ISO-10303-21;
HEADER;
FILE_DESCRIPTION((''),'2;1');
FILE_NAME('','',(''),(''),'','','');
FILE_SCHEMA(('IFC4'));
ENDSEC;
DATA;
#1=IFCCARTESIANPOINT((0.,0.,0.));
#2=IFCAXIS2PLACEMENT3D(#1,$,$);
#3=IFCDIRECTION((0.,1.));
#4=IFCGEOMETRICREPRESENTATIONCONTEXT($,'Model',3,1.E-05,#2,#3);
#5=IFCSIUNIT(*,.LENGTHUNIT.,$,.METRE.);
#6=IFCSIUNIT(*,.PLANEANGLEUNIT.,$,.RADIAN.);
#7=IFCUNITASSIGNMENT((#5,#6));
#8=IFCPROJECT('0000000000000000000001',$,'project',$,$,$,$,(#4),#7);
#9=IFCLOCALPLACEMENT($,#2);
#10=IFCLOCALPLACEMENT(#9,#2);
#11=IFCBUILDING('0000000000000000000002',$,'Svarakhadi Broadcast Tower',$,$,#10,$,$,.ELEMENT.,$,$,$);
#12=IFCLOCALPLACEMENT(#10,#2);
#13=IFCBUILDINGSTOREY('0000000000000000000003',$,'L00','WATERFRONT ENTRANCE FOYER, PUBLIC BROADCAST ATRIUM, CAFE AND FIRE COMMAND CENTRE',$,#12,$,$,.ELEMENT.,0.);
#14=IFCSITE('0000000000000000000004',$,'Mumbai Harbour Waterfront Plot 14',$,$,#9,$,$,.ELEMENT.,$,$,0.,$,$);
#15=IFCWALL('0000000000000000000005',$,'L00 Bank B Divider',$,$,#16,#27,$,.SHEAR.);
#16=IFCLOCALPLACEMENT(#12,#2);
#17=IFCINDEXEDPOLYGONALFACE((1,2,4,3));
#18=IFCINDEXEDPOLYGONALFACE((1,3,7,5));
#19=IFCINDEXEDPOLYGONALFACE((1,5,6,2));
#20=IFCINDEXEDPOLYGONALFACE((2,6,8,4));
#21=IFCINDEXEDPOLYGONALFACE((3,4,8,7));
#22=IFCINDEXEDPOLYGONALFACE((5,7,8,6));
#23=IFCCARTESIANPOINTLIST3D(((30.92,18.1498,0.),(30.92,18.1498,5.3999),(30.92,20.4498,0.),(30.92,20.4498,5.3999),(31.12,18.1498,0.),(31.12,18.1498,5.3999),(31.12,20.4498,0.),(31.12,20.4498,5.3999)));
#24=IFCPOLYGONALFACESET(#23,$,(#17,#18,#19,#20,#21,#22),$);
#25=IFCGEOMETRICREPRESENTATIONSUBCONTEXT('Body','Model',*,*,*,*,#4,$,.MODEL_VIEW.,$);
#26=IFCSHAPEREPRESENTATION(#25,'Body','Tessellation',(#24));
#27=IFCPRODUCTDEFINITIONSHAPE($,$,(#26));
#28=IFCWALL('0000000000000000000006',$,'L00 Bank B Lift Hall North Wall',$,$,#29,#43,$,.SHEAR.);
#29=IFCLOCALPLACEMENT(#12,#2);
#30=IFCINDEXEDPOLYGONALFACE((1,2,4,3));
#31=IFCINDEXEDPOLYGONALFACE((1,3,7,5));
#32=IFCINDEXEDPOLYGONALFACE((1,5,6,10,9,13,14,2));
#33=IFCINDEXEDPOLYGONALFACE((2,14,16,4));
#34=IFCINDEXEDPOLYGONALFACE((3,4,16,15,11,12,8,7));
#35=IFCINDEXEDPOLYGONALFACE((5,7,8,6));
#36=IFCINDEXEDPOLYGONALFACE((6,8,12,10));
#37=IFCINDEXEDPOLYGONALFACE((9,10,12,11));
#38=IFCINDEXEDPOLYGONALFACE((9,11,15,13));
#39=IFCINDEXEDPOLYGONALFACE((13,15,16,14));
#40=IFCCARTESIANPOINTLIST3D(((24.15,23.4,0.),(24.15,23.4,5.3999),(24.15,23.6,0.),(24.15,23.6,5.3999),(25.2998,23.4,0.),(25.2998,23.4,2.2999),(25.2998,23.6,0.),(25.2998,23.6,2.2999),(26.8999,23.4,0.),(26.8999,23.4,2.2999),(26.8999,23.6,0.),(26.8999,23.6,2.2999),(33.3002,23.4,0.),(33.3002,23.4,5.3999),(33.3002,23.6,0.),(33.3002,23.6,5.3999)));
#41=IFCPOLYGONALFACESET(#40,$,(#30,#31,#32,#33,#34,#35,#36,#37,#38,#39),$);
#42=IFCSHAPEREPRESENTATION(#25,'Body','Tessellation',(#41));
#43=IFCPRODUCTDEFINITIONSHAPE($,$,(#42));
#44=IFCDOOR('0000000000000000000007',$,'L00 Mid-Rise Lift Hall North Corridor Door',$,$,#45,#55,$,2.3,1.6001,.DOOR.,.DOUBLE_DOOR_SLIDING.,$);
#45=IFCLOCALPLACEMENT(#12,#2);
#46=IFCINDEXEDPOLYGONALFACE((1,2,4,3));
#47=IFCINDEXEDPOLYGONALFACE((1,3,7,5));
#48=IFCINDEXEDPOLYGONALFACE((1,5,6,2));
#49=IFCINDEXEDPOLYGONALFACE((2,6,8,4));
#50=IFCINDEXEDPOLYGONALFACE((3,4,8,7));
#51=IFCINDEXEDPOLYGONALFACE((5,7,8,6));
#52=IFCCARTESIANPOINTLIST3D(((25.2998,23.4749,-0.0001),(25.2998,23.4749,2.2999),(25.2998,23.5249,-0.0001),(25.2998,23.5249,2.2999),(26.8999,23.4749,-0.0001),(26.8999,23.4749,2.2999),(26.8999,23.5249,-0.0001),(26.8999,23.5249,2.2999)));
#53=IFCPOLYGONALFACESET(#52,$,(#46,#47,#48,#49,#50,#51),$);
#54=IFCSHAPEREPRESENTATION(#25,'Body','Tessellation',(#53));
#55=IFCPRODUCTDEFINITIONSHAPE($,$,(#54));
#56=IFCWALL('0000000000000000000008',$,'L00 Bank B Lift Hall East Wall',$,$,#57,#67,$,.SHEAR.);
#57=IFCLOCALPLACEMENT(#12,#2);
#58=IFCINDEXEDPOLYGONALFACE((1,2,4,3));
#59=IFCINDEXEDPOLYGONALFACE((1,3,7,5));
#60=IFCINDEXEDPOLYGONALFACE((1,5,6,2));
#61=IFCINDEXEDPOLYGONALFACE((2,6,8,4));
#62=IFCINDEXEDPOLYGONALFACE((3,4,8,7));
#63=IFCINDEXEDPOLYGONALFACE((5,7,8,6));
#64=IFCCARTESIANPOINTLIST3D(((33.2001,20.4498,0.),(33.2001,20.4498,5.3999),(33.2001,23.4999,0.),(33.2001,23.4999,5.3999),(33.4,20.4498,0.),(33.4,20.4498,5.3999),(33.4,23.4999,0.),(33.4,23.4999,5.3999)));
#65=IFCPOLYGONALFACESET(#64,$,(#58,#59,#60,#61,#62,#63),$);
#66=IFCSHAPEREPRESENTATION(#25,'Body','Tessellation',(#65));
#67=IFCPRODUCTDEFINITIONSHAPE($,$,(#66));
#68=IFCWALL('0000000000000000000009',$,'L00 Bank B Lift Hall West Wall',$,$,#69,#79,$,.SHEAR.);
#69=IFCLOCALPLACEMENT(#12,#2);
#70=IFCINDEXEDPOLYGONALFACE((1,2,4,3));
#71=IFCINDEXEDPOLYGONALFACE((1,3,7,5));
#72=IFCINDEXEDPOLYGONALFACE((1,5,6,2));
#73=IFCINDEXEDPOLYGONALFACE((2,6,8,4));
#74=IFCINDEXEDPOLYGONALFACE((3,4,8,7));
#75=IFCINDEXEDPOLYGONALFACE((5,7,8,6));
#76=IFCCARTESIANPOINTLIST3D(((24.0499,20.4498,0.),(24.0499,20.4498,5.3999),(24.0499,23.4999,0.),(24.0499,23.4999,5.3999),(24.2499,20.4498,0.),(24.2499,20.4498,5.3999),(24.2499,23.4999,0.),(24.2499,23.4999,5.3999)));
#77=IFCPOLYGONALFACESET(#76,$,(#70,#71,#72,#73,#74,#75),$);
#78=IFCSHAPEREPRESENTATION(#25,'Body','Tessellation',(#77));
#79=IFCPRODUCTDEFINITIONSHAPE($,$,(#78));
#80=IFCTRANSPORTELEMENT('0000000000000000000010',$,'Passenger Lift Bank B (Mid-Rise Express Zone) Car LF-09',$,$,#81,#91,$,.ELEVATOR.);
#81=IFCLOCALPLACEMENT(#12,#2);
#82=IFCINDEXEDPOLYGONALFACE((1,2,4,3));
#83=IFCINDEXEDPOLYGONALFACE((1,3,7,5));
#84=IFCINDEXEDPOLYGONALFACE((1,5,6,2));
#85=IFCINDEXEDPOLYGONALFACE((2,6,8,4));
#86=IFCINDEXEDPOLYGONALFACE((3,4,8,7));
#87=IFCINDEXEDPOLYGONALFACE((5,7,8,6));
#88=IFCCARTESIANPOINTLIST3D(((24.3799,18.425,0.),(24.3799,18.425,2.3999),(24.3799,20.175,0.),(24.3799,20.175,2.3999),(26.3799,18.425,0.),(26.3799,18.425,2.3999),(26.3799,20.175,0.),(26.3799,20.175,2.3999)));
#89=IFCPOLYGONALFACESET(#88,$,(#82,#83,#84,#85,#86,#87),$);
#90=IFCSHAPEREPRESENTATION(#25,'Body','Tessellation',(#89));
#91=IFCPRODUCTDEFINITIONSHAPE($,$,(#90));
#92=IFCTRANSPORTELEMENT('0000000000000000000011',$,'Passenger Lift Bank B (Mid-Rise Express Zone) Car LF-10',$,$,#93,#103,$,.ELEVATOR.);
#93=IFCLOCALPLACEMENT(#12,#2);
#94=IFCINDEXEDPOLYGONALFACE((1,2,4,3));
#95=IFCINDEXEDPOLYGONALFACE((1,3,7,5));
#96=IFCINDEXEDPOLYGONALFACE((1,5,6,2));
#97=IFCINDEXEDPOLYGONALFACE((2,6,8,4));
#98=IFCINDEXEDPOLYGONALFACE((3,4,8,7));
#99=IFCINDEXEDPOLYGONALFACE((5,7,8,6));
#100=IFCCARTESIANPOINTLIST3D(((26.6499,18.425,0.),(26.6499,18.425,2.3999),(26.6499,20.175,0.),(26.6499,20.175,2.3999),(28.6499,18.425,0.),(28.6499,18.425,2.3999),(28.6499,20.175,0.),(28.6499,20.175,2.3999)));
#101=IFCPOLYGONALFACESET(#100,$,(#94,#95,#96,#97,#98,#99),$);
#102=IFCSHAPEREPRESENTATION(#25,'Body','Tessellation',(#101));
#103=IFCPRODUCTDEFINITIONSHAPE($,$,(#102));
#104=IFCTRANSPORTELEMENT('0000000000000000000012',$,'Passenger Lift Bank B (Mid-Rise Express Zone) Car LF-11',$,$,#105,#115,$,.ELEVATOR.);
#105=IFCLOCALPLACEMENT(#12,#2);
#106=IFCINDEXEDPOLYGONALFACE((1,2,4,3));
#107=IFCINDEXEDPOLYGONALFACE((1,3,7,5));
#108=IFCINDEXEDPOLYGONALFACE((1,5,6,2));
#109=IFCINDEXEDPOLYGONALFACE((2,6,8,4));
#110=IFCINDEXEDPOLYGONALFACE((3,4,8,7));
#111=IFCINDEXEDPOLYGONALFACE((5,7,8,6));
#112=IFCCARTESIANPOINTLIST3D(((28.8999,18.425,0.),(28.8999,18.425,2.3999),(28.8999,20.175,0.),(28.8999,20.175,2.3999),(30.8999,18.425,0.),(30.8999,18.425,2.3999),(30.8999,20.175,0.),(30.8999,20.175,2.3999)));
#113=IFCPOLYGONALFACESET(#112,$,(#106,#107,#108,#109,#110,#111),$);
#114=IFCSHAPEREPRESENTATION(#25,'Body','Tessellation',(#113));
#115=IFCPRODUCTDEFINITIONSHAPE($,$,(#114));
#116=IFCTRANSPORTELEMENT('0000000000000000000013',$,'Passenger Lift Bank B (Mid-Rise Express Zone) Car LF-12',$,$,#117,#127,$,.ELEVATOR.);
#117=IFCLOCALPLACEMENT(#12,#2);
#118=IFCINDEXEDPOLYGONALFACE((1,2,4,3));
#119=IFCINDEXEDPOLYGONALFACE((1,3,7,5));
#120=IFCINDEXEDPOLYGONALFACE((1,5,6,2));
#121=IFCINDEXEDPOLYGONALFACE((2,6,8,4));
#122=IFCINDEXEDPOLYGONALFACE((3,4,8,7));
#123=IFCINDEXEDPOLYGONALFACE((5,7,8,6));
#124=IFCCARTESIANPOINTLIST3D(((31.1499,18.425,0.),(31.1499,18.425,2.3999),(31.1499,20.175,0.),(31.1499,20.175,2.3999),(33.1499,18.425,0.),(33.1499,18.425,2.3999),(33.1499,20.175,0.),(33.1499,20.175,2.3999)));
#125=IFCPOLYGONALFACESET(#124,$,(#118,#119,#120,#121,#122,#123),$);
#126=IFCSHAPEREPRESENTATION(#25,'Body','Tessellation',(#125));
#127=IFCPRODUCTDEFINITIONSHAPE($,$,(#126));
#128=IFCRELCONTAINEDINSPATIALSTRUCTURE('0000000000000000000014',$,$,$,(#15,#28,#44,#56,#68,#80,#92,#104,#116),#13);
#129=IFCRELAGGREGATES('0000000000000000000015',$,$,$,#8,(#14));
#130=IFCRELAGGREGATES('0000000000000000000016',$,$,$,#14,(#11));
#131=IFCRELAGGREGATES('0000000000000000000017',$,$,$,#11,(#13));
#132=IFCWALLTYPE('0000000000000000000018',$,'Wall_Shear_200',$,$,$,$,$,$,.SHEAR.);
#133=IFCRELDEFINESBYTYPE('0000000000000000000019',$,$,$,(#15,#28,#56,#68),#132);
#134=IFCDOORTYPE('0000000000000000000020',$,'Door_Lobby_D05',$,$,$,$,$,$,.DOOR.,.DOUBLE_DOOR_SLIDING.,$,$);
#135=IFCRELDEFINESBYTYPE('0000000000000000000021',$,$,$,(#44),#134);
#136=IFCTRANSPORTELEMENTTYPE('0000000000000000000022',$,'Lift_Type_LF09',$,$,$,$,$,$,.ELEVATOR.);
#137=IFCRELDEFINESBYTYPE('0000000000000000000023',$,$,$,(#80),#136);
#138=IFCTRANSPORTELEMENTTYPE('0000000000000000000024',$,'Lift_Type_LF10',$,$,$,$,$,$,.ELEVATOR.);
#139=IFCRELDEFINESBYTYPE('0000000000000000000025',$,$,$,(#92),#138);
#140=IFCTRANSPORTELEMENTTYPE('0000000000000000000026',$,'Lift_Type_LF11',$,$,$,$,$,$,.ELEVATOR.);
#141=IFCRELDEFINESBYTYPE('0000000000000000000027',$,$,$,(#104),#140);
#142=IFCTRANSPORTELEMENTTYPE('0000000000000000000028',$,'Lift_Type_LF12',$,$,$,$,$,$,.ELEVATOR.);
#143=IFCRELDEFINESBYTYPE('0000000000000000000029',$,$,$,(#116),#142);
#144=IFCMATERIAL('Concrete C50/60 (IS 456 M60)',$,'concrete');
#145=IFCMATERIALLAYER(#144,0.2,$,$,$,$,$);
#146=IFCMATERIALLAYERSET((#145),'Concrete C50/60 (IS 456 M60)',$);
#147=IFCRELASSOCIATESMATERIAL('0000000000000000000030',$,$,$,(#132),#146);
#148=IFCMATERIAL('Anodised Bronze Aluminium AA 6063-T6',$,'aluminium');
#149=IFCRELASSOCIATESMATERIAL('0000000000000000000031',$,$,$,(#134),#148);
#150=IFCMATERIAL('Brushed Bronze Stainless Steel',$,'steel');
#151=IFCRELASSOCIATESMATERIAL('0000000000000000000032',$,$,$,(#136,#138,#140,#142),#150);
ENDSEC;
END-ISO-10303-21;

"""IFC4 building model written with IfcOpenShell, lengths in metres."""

from ifc_helpers import new_model, si_unit, direction, frame, frame_2d, origin, origin_2d, place, context, subcontext, project, spatial, rectangle, extrude, material, layer, layer_set, type_object, element, fill, save


model = new_model("IFC4")

# Units and contexts
model_context = context("Model", 3, precision=1e-05, world=origin(), true_north=direction((0.0, 1.0)))
body_context = subcontext(model_context, "Body", "Model", "MODEL_VIEW")
ifc_project = project(units=[si_unit("LENGTHUNIT", "METRE"), si_unit("PLANEANGLEUNIT", "RADIAN")], contexts=[model_context])

# Site, building, storey
site_placement = place(None, origin())
site = spatial("IfcSite", under=ifc_project, at=site_placement, Name="Mumbai Harbour Waterfront Plot 14", CompositionType="ELEMENT", RefElevation=0.0)
building_placement = place(site_placement, origin())
building = spatial("IfcBuilding", under=site, at=building_placement, Name="Svarakhadi Broadcast Tower", CompositionType="ELEMENT")
storey_placement = place(building_placement, origin())
storey = spatial("IfcBuildingStorey", under=building, at=storey_placement, Name="L00", Description="WATERFRONT ENTRANCE FOYER, PUBLIC BROADCAST ATRIUM, CAFE AND FIRE COMMAND CENTRE", CompositionType="ELEMENT", Elevation=0.0)

# Shared definitions
ifc_material_1 = material(Name="Concrete C50/60 (IS 456 M60)", Category="concrete")
ifc_layer_1 = layer(ifc_material_1, 0.2)
ifc_layer_set_1 = layer_set([ifc_layer_1], Name="Concrete C50/60 (IS 456 M60)")
wall_type_1 = type_object("IfcWallType", Name="Wall_Shear_200", PredefinedType="SHEAR", material=ifc_layer_set_1)

# Wall
for number, where, z_axis, x_axis, name in (
    (1, (31.02, 18.1499, 0.0), (0.0, 0.0, 1.0), (0.0, 1.0, 0.0), "L00 Bank B Divider"),
):
    element("IfcWall", number, at=place(storey_placement, frame(where, z_axis=z_axis, x_axis=x_axis)), inside=storey, type_object=wall_type_1, Name=name, PredefinedType="SHEAR", context=body_context, shape_type="SweptSolid", body=[
        extrude(rectangle(XDim=2.3, YDim=0.2, at=frame_2d((1.1499, 0.0))), origin(), (0.0, 0.0, 1.0), 5.3999),
    ])

# Wall, opening, door
wall_1_placement = place(storey_placement, frame((24.1499, 23.5, 0.0), z_axis=(0.0, 0.0, 1.0), x_axis=(1.0, 0.0, 0.0)))
wall_1 = element("IfcWall", 2, at=wall_1_placement, inside=storey, type_object=wall_type_1, Name="L00 Bank B Lift Hall North Wall", PredefinedType="SHEAR", context=body_context, shape_type="SweptSolid", body=[
    extrude(rectangle(XDim=9.1501, YDim=0.2, at=frame_2d((4.5752, 0.0))), origin(), (0.0, 0.0, 1.0), 5.3999),
])
opening_1_placement = place(wall_1_placement, frame((1.1499, 0.0, 0.0)))
opening_1 = element("IfcOpeningElement", 3, at=opening_1_placement, cuts=wall_1, PredefinedType="OPENING", context=body_context, shape_type="SweptSolid", body=[
    extrude(rectangle(XDim=1.6001, YDim=2.3, at=frame_2d((0.8, 1.1499))), frame((0.0, 0.1099, 0.0), z_axis=(0.0, -1.0, 0.0), x_axis=(1.0, 0.0, 0.0)), (0.0, 0.0, 1.0), 0.22),
])
ifc_material_2 = material(Name="Anodised Bronze Aluminium AA 6063-T6", Category="aluminium")
door_type_1 = type_object("IfcDoorType", Name="Door_Lobby_D05", OperationType="DOUBLE_DOOR_SLIDING", PredefinedType="DOOR", material=ifc_material_2)
door_1_placement = place(opening_1_placement, origin())
door_1 = element("IfcDoor", 4, at=door_1_placement, inside=storey, type_object=door_type_1, Name="L00 Mid-Rise Lift Hall North Corridor Door", OperationType="DOUBLE_DOOR_SLIDING", OverallHeight=2.3, OverallWidth=1.6001, PredefinedType="DOOR", context=body_context, shape_type="SweptSolid", body=[
    extrude(rectangle(XDim=1.6001, YDim=2.3, at=frame_2d((0.8, 1.1499))), frame((0.0, 0.0249, 0.0), z_axis=(0.0, -1.0, 0.0), x_axis=(1.0, 0.0, 0.0)), (0.0, 0.0, 1.0), 0.05),
])
fill(opening_1, door_1)

# Walls
for number, where, z_axis, x_axis, name in (
    (5, (33.3, 20.45, 0.0), (0.0, 0.0, 1.0), (0.0, 1.0, 0.0), "L00 Bank B Lift Hall East Wall"),
    (6, (24.1499, 20.45, 0.0), (0.0, 0.0, 1.0), (0.0, 1.0, 0.0), "L00 Bank B Lift Hall West Wall"),
):
    element("IfcWall", number, at=place(storey_placement, frame(where, z_axis=z_axis, x_axis=x_axis)), inside=storey, type_object=wall_type_1, Name=name, PredefinedType="SHEAR", context=body_context, shape_type="SweptSolid", body=[
        extrude(rectangle(XDim=3.05, YDim=0.2, at=frame_2d((1.5249, 0.0))), origin(), (0.0, 0.0, 1.0), 5.3999),
    ])

# Transport elements
ifc_material_3 = material(Name="Brushed Bronze Stainless Steel", Category="steel")
transport_element_type_1 = type_object("IfcTransportElementType", Name="Lift_Type_LF09", PredefinedType="ELEVATOR", material=ifc_material_3)
transport_element_1_placement = place(storey_placement, frame((25.3799, 19.3, 0.0), z_axis=(0.0, 0.0, 1.0), x_axis=(1.0, 0.0, 0.0)))
element("IfcTransportElement", 7, at=transport_element_1_placement, inside=storey, type_object=transport_element_type_1, Name="Passenger Lift Bank B (Mid-Rise Express Zone) Car LF-09", PredefinedType="ELEVATOR", context=body_context, shape_type="SweptSolid", body=[
    extrude(rectangle(XDim=2.0, YDim=1.75, at=origin_2d()), origin(), (0.0, 0.0, 1.0), 2.3999),
])
transport_element_type_2 = type_object("IfcTransportElementType", Name="Lift_Type_LF10", PredefinedType="ELEVATOR", material=ifc_material_3)
transport_element_2_placement = place(storey_placement, frame((27.6499, 19.3, 0.0), z_axis=(0.0, 0.0, 1.0), x_axis=(1.0, 0.0, 0.0)))
element("IfcTransportElement", 8, at=transport_element_2_placement, inside=storey, type_object=transport_element_type_2, Name="Passenger Lift Bank B (Mid-Rise Express Zone) Car LF-10", PredefinedType="ELEVATOR", context=body_context, shape_type="SweptSolid", body=[
    extrude(rectangle(XDim=2.0, YDim=1.75, at=origin_2d()), origin(), (0.0, 0.0, 1.0), 2.3999),
])
transport_element_type_3 = type_object("IfcTransportElementType", Name="Lift_Type_LF11", PredefinedType="ELEVATOR", material=ifc_material_3)
transport_element_3_placement = place(storey_placement, frame((29.8999, 19.3, 0.0), z_axis=(0.0, 0.0, 1.0), x_axis=(1.0, 0.0, 0.0)))
element("IfcTransportElement", 9, at=transport_element_3_placement, inside=storey, type_object=transport_element_type_3, Name="Passenger Lift Bank B (Mid-Rise Express Zone) Car LF-11", PredefinedType="ELEVATOR", context=body_context, shape_type="SweptSolid", body=[
    extrude(rectangle(XDim=2.0, YDim=1.75, at=origin_2d()), origin(), (0.0, 0.0, 1.0), 2.3999),
])
transport_element_type_4 = type_object("IfcTransportElementType", Name="Lift_Type_LF12", PredefinedType="ELEVATOR", material=ifc_material_3)
transport_element_4_placement = place(storey_placement, frame((32.1499, 19.3, 0.0), z_axis=(0.0, 0.0, 1.0), x_axis=(1.0, 0.0, 0.0)))
element("IfcTransportElement", 10, at=transport_element_4_placement, inside=storey, type_object=transport_element_type_4, Name="Passenger Lift Bank B (Mid-Rise Express Zone) Car LF-12", PredefinedType="ELEVATOR", context=body_context, shape_type="SweptSolid", body=[
    extrude(rectangle(XDim=2.0, YDim=1.75, at=origin_2d()), origin(), (0.0, 0.0, 1.0), 2.3999),
])

save(model, "model.ifc")
